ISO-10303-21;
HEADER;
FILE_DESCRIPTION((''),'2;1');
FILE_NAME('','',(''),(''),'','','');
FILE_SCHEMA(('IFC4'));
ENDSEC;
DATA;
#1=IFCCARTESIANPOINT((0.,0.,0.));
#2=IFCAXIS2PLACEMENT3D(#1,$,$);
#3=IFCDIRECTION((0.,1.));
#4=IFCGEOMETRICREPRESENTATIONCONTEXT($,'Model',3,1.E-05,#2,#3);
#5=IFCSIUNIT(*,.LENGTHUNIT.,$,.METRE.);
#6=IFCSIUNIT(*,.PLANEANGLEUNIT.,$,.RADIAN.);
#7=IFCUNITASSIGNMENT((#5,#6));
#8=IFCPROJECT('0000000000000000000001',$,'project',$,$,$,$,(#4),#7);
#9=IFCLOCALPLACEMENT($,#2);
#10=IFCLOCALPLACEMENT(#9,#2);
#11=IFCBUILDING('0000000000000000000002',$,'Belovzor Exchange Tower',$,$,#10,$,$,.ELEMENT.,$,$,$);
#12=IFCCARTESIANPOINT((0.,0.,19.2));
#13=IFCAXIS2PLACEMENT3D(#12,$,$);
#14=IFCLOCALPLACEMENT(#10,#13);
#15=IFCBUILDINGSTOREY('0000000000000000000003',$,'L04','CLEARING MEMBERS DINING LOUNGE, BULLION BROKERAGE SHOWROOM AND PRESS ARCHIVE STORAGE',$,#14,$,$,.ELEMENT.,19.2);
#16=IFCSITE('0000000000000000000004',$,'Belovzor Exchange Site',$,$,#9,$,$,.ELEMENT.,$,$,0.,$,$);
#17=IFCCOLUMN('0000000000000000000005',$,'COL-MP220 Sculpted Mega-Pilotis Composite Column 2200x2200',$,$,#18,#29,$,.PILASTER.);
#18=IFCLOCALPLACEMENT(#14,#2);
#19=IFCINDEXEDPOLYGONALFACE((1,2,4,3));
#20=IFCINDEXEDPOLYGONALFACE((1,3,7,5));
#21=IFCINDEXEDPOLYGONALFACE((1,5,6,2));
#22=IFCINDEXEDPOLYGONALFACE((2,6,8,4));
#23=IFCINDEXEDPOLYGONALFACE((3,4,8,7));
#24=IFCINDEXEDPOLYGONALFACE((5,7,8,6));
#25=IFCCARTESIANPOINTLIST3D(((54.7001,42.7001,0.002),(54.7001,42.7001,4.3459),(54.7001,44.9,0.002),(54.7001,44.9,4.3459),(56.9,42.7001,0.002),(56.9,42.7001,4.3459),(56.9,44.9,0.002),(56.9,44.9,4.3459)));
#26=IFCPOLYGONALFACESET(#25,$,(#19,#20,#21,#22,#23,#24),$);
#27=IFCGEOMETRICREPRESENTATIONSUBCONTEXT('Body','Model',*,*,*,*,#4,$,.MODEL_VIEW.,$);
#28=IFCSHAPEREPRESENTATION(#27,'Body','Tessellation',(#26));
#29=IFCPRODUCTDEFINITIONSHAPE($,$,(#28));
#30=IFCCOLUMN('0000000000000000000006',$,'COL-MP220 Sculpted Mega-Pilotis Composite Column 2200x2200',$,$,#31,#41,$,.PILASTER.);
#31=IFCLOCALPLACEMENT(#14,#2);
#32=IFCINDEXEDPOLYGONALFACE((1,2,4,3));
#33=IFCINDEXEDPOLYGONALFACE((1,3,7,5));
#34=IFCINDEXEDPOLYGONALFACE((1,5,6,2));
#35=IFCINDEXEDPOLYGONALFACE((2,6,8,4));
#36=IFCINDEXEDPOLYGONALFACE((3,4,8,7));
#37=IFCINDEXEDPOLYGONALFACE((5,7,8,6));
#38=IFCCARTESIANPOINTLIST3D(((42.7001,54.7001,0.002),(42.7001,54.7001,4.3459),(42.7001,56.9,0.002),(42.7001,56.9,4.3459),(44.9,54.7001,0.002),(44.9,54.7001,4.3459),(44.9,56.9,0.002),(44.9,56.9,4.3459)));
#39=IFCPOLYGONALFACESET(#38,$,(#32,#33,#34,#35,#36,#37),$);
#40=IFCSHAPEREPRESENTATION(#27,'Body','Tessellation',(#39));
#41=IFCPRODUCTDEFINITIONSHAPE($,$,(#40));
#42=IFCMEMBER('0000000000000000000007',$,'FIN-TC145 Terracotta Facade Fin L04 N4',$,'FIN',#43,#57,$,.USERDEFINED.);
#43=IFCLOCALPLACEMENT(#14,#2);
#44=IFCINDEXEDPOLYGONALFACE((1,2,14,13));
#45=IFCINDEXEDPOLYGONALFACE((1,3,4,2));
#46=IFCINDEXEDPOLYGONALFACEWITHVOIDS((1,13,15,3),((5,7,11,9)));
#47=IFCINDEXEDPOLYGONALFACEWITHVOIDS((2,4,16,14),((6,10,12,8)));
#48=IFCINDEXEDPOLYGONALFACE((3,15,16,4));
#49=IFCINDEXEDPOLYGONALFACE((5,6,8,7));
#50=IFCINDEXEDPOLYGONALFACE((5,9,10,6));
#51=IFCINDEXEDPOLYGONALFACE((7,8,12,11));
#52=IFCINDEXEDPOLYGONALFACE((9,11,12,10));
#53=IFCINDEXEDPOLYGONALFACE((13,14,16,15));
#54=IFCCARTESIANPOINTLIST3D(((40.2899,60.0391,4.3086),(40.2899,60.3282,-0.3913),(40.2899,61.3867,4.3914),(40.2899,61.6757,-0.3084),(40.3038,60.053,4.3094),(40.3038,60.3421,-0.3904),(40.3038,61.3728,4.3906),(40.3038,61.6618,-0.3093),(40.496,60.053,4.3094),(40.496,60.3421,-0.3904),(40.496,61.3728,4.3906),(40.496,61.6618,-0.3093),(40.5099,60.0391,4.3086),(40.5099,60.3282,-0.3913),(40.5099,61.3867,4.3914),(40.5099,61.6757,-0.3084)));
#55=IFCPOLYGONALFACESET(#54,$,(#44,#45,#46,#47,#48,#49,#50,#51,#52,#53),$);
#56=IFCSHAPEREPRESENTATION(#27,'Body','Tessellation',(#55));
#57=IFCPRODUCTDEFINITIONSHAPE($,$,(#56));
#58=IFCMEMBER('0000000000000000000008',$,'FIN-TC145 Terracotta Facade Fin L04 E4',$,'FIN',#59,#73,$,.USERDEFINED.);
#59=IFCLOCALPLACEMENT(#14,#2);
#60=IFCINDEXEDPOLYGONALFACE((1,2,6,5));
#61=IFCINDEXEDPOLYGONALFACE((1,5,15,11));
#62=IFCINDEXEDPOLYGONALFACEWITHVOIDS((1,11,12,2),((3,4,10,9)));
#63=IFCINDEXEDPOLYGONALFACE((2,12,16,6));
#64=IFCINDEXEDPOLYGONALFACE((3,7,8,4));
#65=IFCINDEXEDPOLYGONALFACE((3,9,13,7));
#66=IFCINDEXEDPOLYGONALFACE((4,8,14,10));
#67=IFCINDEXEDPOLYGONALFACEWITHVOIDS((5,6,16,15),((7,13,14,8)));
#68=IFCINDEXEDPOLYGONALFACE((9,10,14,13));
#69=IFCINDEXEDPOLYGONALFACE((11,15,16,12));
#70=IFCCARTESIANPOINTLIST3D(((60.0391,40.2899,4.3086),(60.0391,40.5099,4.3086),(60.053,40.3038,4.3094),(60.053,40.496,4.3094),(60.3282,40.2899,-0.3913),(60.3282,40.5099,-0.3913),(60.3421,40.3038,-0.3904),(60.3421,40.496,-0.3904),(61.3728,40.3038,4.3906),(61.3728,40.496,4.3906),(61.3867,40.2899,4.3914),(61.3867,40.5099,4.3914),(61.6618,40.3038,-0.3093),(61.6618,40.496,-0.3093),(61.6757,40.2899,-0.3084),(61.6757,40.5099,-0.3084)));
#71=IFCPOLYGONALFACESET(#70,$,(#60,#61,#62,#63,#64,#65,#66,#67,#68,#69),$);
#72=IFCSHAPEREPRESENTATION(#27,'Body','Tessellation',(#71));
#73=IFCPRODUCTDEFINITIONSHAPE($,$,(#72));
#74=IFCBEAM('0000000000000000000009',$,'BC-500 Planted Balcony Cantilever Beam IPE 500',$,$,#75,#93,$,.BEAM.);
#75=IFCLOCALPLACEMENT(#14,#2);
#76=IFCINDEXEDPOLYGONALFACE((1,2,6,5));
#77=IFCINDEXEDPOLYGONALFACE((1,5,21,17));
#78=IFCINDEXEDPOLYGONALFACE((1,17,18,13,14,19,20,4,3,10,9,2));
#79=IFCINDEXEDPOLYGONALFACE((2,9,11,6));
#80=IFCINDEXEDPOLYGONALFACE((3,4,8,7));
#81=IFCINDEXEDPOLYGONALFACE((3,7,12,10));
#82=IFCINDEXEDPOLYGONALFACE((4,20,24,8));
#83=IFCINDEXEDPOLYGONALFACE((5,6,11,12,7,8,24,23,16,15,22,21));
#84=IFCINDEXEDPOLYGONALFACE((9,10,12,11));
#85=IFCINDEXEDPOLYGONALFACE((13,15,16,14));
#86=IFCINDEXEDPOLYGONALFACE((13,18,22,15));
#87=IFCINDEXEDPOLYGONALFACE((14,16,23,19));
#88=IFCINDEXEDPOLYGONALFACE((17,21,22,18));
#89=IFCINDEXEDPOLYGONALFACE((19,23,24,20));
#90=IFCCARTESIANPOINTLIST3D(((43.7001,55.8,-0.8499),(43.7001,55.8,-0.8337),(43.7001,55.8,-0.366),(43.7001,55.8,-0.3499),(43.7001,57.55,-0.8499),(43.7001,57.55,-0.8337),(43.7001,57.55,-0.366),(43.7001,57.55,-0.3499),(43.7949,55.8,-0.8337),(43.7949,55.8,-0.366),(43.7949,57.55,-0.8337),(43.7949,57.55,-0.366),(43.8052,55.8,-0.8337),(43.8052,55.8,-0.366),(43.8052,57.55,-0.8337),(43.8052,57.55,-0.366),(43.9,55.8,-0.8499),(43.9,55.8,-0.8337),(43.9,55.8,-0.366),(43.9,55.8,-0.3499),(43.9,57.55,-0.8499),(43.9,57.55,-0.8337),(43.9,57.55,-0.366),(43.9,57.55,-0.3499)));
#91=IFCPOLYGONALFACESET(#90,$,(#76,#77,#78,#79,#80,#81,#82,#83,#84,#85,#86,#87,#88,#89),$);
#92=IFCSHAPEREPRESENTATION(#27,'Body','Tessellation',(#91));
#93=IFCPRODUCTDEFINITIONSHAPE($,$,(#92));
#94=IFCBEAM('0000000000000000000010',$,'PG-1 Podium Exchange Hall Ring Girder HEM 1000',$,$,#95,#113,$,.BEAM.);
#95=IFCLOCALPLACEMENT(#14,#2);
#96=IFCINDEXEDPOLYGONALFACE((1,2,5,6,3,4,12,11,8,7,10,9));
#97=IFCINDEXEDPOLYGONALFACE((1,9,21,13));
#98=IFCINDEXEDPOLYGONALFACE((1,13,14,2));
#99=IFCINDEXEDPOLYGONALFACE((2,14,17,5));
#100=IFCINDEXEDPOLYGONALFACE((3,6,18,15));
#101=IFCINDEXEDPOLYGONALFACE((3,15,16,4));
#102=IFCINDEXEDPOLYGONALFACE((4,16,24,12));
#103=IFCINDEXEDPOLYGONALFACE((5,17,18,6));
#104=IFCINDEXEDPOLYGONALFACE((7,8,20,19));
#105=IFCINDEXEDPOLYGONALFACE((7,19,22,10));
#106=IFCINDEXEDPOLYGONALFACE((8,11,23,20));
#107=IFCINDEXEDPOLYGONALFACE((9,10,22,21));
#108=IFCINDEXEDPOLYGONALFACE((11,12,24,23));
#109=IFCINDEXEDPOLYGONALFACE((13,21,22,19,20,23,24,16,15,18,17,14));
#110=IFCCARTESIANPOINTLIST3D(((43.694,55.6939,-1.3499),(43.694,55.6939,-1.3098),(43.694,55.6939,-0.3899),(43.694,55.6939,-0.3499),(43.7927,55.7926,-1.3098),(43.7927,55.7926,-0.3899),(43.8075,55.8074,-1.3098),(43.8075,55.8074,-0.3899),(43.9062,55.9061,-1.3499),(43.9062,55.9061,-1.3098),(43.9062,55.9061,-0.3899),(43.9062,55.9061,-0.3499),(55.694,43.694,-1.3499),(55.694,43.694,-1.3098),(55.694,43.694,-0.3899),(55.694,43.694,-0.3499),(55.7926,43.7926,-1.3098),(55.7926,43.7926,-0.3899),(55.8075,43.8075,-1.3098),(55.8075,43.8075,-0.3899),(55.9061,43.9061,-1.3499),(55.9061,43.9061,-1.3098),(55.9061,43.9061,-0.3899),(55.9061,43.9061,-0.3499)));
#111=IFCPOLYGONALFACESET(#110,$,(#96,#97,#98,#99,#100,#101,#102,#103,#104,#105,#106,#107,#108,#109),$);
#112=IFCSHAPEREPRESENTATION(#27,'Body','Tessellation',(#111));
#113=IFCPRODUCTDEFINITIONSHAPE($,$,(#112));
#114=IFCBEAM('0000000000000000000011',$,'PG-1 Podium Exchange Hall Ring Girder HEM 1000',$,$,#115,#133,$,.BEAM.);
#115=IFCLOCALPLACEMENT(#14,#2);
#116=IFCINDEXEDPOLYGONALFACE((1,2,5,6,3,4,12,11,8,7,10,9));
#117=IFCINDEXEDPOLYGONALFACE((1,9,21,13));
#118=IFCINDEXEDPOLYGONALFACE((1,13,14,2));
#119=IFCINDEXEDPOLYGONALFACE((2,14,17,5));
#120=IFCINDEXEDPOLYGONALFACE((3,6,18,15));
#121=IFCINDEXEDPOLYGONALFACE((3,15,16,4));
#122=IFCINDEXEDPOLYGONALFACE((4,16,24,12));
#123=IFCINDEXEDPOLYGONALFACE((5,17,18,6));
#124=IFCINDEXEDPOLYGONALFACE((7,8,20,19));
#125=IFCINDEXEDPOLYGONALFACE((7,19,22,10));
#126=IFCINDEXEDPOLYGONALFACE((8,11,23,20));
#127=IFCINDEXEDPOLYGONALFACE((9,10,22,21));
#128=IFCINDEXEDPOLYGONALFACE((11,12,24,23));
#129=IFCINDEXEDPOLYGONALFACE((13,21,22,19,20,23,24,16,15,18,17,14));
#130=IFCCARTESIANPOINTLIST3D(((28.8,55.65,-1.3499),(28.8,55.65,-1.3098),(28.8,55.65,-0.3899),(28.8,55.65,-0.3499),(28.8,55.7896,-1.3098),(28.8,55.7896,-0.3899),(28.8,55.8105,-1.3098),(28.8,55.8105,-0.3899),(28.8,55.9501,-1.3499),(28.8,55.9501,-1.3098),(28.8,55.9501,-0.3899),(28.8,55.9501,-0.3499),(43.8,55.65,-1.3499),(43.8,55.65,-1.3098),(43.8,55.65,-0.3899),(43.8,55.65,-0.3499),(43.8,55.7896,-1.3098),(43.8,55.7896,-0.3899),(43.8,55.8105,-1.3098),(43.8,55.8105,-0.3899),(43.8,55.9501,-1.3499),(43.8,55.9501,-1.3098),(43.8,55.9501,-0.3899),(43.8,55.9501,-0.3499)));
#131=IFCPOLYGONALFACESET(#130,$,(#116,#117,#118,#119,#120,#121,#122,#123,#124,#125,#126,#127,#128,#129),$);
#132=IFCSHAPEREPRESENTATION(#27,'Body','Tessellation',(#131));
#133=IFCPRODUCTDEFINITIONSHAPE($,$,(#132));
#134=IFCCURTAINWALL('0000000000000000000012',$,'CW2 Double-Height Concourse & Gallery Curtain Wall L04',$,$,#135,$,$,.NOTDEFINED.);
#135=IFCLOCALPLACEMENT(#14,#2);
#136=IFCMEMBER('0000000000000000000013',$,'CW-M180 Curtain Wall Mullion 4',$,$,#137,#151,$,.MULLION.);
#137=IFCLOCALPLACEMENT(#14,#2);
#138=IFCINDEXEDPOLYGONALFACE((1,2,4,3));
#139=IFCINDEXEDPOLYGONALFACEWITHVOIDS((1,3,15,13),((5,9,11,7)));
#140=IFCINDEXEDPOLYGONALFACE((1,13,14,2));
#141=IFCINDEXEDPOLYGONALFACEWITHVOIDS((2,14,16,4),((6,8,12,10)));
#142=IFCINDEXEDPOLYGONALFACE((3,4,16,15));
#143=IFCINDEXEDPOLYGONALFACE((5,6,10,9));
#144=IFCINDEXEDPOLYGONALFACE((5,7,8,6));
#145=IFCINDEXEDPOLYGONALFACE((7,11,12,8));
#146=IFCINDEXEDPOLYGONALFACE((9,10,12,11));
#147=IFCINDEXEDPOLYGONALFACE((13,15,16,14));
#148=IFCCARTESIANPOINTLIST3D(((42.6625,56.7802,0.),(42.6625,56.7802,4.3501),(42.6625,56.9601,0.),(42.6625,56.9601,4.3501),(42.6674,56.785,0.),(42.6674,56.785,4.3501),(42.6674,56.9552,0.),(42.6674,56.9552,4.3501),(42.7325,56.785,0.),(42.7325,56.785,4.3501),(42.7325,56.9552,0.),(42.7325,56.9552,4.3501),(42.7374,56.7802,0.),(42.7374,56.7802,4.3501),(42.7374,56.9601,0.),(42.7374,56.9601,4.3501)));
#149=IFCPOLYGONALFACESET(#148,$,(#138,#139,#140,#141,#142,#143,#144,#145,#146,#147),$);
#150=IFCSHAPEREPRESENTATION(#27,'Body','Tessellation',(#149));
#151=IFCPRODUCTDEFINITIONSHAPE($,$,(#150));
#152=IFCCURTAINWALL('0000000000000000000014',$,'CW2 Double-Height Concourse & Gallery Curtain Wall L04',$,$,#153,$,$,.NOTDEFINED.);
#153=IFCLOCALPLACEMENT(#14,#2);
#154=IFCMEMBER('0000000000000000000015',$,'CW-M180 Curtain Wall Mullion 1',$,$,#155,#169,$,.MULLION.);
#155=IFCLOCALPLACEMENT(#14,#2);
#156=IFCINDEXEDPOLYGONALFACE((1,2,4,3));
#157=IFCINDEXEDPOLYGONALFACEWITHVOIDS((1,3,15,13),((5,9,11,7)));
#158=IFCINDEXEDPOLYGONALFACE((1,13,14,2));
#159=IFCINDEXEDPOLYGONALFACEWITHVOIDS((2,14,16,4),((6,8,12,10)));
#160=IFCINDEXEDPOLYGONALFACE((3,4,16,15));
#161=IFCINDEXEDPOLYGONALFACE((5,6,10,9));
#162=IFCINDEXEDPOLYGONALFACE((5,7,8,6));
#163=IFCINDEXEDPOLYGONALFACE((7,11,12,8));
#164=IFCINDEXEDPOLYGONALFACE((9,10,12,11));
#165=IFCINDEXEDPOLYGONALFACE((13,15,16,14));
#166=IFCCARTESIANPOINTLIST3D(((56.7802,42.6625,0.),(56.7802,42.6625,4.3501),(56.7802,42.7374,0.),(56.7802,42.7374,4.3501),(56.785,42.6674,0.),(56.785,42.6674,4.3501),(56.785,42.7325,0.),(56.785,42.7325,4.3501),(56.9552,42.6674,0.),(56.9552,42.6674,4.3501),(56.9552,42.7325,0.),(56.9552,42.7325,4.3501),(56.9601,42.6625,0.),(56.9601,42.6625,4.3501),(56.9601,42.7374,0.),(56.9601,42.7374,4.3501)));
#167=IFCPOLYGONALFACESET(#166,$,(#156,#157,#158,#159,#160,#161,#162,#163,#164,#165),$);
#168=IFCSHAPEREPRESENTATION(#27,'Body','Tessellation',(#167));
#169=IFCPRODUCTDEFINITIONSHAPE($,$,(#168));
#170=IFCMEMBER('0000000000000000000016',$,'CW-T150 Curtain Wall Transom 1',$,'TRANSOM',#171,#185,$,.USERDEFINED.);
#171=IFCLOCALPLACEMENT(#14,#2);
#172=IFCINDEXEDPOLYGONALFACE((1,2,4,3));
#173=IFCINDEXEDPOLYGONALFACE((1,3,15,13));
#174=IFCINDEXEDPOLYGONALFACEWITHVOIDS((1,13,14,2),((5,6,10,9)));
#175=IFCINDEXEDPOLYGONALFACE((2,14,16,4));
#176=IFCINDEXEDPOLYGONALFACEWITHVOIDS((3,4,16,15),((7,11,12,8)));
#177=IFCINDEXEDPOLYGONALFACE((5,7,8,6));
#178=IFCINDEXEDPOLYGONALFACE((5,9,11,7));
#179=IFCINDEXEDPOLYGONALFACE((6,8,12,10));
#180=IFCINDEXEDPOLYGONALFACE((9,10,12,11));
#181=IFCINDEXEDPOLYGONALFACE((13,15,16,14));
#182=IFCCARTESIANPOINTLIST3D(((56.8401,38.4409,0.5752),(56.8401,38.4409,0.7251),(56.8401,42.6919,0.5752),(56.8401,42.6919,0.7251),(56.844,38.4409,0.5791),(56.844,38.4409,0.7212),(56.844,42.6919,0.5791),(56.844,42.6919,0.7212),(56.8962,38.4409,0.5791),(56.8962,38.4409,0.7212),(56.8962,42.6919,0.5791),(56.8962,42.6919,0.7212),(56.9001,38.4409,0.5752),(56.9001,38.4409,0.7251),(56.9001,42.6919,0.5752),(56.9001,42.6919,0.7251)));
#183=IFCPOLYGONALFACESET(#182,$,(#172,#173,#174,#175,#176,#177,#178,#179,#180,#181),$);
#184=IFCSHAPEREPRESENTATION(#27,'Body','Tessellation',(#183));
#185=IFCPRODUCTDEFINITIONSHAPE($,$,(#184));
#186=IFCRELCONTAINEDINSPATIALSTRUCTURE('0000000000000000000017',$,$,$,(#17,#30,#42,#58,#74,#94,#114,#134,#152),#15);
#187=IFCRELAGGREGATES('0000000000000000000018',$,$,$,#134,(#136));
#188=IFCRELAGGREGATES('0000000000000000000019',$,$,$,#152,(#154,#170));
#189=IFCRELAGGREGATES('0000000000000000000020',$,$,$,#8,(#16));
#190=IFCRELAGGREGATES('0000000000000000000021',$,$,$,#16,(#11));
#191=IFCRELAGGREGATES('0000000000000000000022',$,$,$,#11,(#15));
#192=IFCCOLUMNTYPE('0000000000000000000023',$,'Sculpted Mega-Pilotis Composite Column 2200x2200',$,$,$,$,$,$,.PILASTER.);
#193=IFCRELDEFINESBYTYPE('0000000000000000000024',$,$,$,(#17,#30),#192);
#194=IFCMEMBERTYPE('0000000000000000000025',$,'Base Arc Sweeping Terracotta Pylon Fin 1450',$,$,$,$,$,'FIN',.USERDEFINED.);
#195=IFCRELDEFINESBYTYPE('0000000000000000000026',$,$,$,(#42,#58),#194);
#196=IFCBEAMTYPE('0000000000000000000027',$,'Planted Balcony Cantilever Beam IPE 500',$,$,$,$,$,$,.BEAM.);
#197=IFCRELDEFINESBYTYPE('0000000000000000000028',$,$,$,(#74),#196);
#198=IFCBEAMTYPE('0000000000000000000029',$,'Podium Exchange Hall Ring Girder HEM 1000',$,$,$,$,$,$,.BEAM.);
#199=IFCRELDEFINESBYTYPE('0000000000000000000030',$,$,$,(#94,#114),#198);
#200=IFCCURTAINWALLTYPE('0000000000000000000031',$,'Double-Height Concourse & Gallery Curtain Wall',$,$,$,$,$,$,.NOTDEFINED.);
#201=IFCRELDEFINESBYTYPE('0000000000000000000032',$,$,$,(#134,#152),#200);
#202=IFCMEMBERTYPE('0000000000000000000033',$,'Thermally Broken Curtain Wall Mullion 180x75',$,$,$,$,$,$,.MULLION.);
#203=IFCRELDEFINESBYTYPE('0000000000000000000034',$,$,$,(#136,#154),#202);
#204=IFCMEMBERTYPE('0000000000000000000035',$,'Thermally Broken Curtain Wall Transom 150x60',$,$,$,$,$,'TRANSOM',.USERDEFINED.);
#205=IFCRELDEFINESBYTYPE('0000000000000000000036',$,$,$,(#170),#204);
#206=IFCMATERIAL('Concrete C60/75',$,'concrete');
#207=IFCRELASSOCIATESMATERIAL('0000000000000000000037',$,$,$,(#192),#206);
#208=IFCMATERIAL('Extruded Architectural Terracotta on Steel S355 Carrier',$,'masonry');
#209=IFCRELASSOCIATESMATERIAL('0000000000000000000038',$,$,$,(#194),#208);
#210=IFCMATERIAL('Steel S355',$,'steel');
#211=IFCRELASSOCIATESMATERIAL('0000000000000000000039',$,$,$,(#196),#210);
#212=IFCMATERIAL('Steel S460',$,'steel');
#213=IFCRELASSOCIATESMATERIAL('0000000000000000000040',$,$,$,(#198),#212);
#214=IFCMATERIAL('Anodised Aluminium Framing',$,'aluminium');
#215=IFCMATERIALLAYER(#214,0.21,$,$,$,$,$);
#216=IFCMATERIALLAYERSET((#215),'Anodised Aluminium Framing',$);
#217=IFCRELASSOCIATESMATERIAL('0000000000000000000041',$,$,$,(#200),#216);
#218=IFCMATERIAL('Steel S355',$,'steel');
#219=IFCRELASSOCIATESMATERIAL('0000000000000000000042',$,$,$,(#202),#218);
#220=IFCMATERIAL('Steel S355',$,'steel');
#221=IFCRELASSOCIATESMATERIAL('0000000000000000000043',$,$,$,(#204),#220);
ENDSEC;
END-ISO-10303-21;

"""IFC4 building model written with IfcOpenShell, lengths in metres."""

from ifc_helpers import new_model, si_unit, direction, frame, origin, origin_2d, place, context, subcontext, project, spatial, rectangle, hollow_rectangle, i_section, extrude, material, layer, layer_set, material_profile, profile_set, type_object, element, aggregate, save


model = new_model("IFC4")

# Units and contexts
model_context = context("Model", 3, precision=1e-05, world=origin(), true_north=direction((0.0, 1.0)))
body_context = subcontext(model_context, "Body", "Model", "MODEL_VIEW")
ifc_project = project(units=[si_unit("LENGTHUNIT", "METRE"), si_unit("PLANEANGLEUNIT", "RADIAN")], contexts=[model_context])

# Site, building, storey
site_placement = place(None, origin())
site = spatial("IfcSite", under=ifc_project, at=site_placement, Name="Belovzor Exchange Site", CompositionType="ELEMENT", RefElevation=0.0)
building_placement = place(site_placement, origin())
building = spatial("IfcBuilding", under=site, at=building_placement, Name="Belovzor Exchange Tower", CompositionType="ELEMENT")
storey_placement = place(building_placement, frame((0.0, 0.0, 19.2)))
storey = spatial("IfcBuildingStorey", under=building, at=storey_placement, Name="L04", Description="CLEARING MEMBERS DINING LOUNGE, BULLION BROKERAGE SHOWROOM AND PRESS ARCHIVE STORAGE", CompositionType="ELEMENT", Elevation=19.2)

# Columns
ifc_material_1 = material(Name="Concrete C60/75", Category="concrete")
ifc_material_profile_1 = material_profile(ifc_material_1, rectangle(XDim=2.2, YDim=2.2, at=origin_2d()))
ifc_profile_set_1 = profile_set([ifc_material_profile_1], Name="Concrete C60/75")
column_type = type_object("IfcColumnType", Name="Sculpted Mega-Pilotis Composite Column 2200x2200", PredefinedType="PILASTER", material=ifc_profile_set_1)
for number, where, z_axis, x_axis, name in (
    (1, (55.8, 43.8, 0.002), (0.0, 0.0, 1.0), (1.0, 0.0, 0.0), "COL-MP220 Sculpted Mega-Pilotis Composite Column 2200x2200"),
    (2, (43.8, 55.8, 0.002), (0.0, 0.0, 1.0), (1.0, 0.0, 0.0), "COL-MP220 Sculpted Mega-Pilotis Composite Column 2200x2200"),
):
    element("IfcColumn", number, at=place(storey_placement, frame(where, z_axis=z_axis, x_axis=x_axis)), inside=storey, type_object=column_type, Name=name, PredefinedType="PILASTER", context=body_context, shape_type="SweptSolid", body=[
        extrude(rectangle(XDim=2.2, YDim=2.2, at=origin_2d()), origin(), (0.0, 0.0, 1.0), 4.344),
    ])

# Members
ifc_material_2 = material(Name="Extruded Architectural Terracotta on Steel S355 Carrier", Category="masonry")
ifc_material_profile_2 = material_profile(ifc_material_2, hollow_rectangle(XDim=0.22, YDim=1.3501, WallThickness=0.0139, at=origin_2d()))
ifc_profile_set_2 = profile_set([ifc_material_profile_2], Name="Extruded Architectural Terracotta on Steel S355 Carrier")
member_type_1 = type_object("IfcMemberType", Name="Base Arc Sweeping Terracotta Pylon Fin 1450", ElementType="FIN", PredefinedType="USERDEFINED", material=ifc_profile_set_2)
for number, where, z_axis, x_axis, name in (
    (3, (40.3999, 61.002, -0.3499), (0.0, -0.061387, 0.998114), (1.0, 0.0, 0.0), "FIN-TC145 Terracotta Facade Fin L04 N4"),
    (4, (61.002, 40.3999, -0.3499), (-0.061387, 0.0, 0.998114), (0.0, -1.0, 0.0), "FIN-TC145 Terracotta Facade Fin L04 E4"),
):
    element("IfcMember", number, at=place(storey_placement, frame(where, z_axis=z_axis, x_axis=x_axis)), inside=storey, type_object=member_type_1, Name=name, ObjectType="FIN", PredefinedType="USERDEFINED", context=body_context, shape_type="SweptSolid", body=[
        extrude(hollow_rectangle(XDim=0.22, YDim=1.3501, WallThickness=0.0139, at=origin_2d()), origin(), (0.0, 0.0, 1.0), 4.7087),
    ])

# Beams
ifc_material_3 = material(Name="Steel S355", Category="steel")
ifc_material_profile_3 = material_profile(ifc_material_3, i_section(OverallWidth=0.2, OverallDepth=0.5, WebThickness=0.0103, FlangeThickness=0.0161, at=origin_2d()))
ifc_profile_set_3 = profile_set([ifc_material_profile_3], Name="Steel S355")
beam_type_1 = type_object("IfcBeamType", Name="Planted Balcony Cantilever Beam IPE 500", PredefinedType="BEAM", material=ifc_profile_set_3)
beam_1_placement = place(storey_placement, frame((43.8, 55.8, -0.5999), z_axis=(0.0, 1.0, 0.0), x_axis=(-1.0, 0.0, 0.0)))
element("IfcBeam", 5, at=beam_1_placement, inside=storey, type_object=beam_type_1, Name="BC-500 Planted Balcony Cantilever Beam IPE 500", PredefinedType="BEAM", context=body_context, shape_type="SweptSolid", body=[
    extrude(i_section(OverallWidth=0.2, OverallDepth=0.5, WebThickness=0.0103, FlangeThickness=0.0161, at=origin_2d()), origin(), (0.0, 0.0, 1.0), 1.75),
])
ifc_material_4 = material(Name="Steel S460", Category="steel")
ifc_material_profile_4 = material_profile(ifc_material_4, i_section(OverallWidth=0.3, OverallDepth=1.0, WebThickness=0.021, FlangeThickness=0.04, at=origin_2d()))
ifc_profile_set_4 = profile_set([ifc_material_profile_4], Name="Steel S460")
beam_type_2 = type_object("IfcBeamType", Name="Podium Exchange Hall Ring Girder HEM 1000", PredefinedType="BEAM", material=ifc_profile_set_4)
beam_2_placement = place(storey_placement, frame((55.8, 43.8, -0.8499), z_axis=(-0.707107, 0.707107, 0.0), x_axis=(-0.707107, -0.707107, 0.0)))
element("IfcBeam", 6, at=beam_2_placement, inside=storey, type_object=beam_type_2, Name="PG-1 Podium Exchange Hall Ring Girder HEM 1000", PredefinedType="BEAM", context=body_context, shape_type="SweptSolid", body=[
    extrude(i_section(OverallWidth=0.3, OverallDepth=1.0, WebThickness=0.021, FlangeThickness=0.04, at=origin_2d()), origin(), (0.0, 0.0, 1.0), 16.9705),
])
beam_3_placement = place(storey_placement, frame((43.8, 55.8, -0.8499), z_axis=(-1.0, 0.0, 0.0), x_axis=(0.0, -1.0, 0.0)))
element("IfcBeam", 7, at=beam_3_placement, inside=storey, type_object=beam_type_2, Name="PG-1 Podium Exchange Hall Ring Girder HEM 1000", PredefinedType="BEAM", context=body_context, shape_type="SweptSolid", body=[
    extrude(i_section(OverallWidth=0.3, OverallDepth=1.0, WebThickness=0.021, FlangeThickness=0.04, at=origin_2d()), origin(), (0.0, 0.0, 1.0), 15.0),
])

# Curtain wall, member
ifc_material_5 = material(Name="Anodised Aluminium Framing", Category="aluminium")
ifc_layer_1 = layer(ifc_material_5, 0.21)
ifc_layer_set_1 = layer_set([ifc_layer_1], Name="Anodised Aluminium Framing")
curtain_wall_type = type_object("IfcCurtainWallType", Name="Double-Height Concourse & Gallery Curtain Wall", PredefinedType="NOTDEFINED", material=ifc_layer_set_1)
curtain_wall_1_placement = place(storey_placement, origin())
curtain_wall_1 = element("IfcCurtainWall", 8, at=curtain_wall_1_placement, inside=storey, type_object=curtain_wall_type, Name="CW2 Double-Height Concourse & Gallery Curtain Wall L04", PredefinedType="NOTDEFINED")
ifc_material_6 = material(Name="Steel S355", Category="steel")
ifc_material_profile_5 = material_profile(ifc_material_6, hollow_rectangle(XDim=0.075, YDim=0.1799, WallThickness=0.0049, at=origin_2d()))
ifc_profile_set_5 = profile_set([ifc_material_profile_5], Name="Steel S355")
member_type_2 = type_object("IfcMemberType", Name="Thermally Broken Curtain Wall Mullion 180x75", PredefinedType="MULLION", material=ifc_profile_set_5)
member_1_placement = place(storey_placement, frame((42.7, 56.8701, 0.0), z_axis=(0.0, 0.0, 1.0), x_axis=(1.0, 0.0, 0.0)))
member_1 = element("IfcMember", 9, at=member_1_placement, type_object=member_type_2, Name="CW-M180 Curtain Wall Mullion 4", PredefinedType="MULLION", context=body_context, shape_type="SweptSolid", body=[
    extrude(hollow_rectangle(XDim=0.075, YDim=0.1799, WallThickness=0.0049, at=origin_2d()), origin(), (0.0, 0.0, 1.0), 4.3501),
])

# Curtain wall, members
curtain_wall_2_placement = place(storey_placement, origin())
curtain_wall_2 = element("IfcCurtainWall", 10, at=curtain_wall_2_placement, inside=storey, type_object=curtain_wall_type, Name="CW2 Double-Height Concourse & Gallery Curtain Wall L04", PredefinedType="NOTDEFINED")
member_2_placement = place(storey_placement, frame((56.8701, 42.7, 0.0), z_axis=(0.0, 0.0, 1.0), x_axis=(0.0, -1.0, 0.0)))
member_2 = element("IfcMember", 11, at=member_2_placement, type_object=member_type_2, Name="CW-M180 Curtain Wall Mullion 1", PredefinedType="MULLION", context=body_context, shape_type="SweptSolid", body=[
    extrude(hollow_rectangle(XDim=0.075, YDim=0.1799, WallThickness=0.0049, at=origin_2d()), origin(), (0.0, 0.0, 1.0), 4.3501),
])
ifc_material_7 = material(Name="Steel S355", Category="steel")
ifc_material_profile_6 = material_profile(ifc_material_7, hollow_rectangle(XDim=0.0601, YDim=0.1499, WallThickness=0.0039, at=origin_2d()))
ifc_profile_set_6 = profile_set([ifc_material_profile_6], Name="Steel S355")
member_type_3 = type_object("IfcMemberType", Name="Thermally Broken Curtain Wall Transom 150x60", ElementType="TRANSOM", PredefinedType="USERDEFINED", material=ifc_profile_set_6)
member_3_placement = place(storey_placement, frame((56.8701, 42.6919, 0.6501), z_axis=(0.0, -1.0, 0.0), x_axis=(1.0, 0.0, 0.0)))
member_3 = element("IfcMember", 12, at=member_3_placement, type_object=member_type_3, Name="CW-T150 Curtain Wall Transom 1", ObjectType="TRANSOM", PredefinedType="USERDEFINED", context=body_context, shape_type="SweptSolid", body=[
    extrude(hollow_rectangle(XDim=0.0601, YDim=0.1499, WallThickness=0.0039, at=origin_2d()), origin(), (0.0, 0.0, 1.0), 4.251),
])

aggregate(curtain_wall_1, [member_1])
aggregate(curtain_wall_2, [member_2, member_3])

save(model, "model.ifc")
